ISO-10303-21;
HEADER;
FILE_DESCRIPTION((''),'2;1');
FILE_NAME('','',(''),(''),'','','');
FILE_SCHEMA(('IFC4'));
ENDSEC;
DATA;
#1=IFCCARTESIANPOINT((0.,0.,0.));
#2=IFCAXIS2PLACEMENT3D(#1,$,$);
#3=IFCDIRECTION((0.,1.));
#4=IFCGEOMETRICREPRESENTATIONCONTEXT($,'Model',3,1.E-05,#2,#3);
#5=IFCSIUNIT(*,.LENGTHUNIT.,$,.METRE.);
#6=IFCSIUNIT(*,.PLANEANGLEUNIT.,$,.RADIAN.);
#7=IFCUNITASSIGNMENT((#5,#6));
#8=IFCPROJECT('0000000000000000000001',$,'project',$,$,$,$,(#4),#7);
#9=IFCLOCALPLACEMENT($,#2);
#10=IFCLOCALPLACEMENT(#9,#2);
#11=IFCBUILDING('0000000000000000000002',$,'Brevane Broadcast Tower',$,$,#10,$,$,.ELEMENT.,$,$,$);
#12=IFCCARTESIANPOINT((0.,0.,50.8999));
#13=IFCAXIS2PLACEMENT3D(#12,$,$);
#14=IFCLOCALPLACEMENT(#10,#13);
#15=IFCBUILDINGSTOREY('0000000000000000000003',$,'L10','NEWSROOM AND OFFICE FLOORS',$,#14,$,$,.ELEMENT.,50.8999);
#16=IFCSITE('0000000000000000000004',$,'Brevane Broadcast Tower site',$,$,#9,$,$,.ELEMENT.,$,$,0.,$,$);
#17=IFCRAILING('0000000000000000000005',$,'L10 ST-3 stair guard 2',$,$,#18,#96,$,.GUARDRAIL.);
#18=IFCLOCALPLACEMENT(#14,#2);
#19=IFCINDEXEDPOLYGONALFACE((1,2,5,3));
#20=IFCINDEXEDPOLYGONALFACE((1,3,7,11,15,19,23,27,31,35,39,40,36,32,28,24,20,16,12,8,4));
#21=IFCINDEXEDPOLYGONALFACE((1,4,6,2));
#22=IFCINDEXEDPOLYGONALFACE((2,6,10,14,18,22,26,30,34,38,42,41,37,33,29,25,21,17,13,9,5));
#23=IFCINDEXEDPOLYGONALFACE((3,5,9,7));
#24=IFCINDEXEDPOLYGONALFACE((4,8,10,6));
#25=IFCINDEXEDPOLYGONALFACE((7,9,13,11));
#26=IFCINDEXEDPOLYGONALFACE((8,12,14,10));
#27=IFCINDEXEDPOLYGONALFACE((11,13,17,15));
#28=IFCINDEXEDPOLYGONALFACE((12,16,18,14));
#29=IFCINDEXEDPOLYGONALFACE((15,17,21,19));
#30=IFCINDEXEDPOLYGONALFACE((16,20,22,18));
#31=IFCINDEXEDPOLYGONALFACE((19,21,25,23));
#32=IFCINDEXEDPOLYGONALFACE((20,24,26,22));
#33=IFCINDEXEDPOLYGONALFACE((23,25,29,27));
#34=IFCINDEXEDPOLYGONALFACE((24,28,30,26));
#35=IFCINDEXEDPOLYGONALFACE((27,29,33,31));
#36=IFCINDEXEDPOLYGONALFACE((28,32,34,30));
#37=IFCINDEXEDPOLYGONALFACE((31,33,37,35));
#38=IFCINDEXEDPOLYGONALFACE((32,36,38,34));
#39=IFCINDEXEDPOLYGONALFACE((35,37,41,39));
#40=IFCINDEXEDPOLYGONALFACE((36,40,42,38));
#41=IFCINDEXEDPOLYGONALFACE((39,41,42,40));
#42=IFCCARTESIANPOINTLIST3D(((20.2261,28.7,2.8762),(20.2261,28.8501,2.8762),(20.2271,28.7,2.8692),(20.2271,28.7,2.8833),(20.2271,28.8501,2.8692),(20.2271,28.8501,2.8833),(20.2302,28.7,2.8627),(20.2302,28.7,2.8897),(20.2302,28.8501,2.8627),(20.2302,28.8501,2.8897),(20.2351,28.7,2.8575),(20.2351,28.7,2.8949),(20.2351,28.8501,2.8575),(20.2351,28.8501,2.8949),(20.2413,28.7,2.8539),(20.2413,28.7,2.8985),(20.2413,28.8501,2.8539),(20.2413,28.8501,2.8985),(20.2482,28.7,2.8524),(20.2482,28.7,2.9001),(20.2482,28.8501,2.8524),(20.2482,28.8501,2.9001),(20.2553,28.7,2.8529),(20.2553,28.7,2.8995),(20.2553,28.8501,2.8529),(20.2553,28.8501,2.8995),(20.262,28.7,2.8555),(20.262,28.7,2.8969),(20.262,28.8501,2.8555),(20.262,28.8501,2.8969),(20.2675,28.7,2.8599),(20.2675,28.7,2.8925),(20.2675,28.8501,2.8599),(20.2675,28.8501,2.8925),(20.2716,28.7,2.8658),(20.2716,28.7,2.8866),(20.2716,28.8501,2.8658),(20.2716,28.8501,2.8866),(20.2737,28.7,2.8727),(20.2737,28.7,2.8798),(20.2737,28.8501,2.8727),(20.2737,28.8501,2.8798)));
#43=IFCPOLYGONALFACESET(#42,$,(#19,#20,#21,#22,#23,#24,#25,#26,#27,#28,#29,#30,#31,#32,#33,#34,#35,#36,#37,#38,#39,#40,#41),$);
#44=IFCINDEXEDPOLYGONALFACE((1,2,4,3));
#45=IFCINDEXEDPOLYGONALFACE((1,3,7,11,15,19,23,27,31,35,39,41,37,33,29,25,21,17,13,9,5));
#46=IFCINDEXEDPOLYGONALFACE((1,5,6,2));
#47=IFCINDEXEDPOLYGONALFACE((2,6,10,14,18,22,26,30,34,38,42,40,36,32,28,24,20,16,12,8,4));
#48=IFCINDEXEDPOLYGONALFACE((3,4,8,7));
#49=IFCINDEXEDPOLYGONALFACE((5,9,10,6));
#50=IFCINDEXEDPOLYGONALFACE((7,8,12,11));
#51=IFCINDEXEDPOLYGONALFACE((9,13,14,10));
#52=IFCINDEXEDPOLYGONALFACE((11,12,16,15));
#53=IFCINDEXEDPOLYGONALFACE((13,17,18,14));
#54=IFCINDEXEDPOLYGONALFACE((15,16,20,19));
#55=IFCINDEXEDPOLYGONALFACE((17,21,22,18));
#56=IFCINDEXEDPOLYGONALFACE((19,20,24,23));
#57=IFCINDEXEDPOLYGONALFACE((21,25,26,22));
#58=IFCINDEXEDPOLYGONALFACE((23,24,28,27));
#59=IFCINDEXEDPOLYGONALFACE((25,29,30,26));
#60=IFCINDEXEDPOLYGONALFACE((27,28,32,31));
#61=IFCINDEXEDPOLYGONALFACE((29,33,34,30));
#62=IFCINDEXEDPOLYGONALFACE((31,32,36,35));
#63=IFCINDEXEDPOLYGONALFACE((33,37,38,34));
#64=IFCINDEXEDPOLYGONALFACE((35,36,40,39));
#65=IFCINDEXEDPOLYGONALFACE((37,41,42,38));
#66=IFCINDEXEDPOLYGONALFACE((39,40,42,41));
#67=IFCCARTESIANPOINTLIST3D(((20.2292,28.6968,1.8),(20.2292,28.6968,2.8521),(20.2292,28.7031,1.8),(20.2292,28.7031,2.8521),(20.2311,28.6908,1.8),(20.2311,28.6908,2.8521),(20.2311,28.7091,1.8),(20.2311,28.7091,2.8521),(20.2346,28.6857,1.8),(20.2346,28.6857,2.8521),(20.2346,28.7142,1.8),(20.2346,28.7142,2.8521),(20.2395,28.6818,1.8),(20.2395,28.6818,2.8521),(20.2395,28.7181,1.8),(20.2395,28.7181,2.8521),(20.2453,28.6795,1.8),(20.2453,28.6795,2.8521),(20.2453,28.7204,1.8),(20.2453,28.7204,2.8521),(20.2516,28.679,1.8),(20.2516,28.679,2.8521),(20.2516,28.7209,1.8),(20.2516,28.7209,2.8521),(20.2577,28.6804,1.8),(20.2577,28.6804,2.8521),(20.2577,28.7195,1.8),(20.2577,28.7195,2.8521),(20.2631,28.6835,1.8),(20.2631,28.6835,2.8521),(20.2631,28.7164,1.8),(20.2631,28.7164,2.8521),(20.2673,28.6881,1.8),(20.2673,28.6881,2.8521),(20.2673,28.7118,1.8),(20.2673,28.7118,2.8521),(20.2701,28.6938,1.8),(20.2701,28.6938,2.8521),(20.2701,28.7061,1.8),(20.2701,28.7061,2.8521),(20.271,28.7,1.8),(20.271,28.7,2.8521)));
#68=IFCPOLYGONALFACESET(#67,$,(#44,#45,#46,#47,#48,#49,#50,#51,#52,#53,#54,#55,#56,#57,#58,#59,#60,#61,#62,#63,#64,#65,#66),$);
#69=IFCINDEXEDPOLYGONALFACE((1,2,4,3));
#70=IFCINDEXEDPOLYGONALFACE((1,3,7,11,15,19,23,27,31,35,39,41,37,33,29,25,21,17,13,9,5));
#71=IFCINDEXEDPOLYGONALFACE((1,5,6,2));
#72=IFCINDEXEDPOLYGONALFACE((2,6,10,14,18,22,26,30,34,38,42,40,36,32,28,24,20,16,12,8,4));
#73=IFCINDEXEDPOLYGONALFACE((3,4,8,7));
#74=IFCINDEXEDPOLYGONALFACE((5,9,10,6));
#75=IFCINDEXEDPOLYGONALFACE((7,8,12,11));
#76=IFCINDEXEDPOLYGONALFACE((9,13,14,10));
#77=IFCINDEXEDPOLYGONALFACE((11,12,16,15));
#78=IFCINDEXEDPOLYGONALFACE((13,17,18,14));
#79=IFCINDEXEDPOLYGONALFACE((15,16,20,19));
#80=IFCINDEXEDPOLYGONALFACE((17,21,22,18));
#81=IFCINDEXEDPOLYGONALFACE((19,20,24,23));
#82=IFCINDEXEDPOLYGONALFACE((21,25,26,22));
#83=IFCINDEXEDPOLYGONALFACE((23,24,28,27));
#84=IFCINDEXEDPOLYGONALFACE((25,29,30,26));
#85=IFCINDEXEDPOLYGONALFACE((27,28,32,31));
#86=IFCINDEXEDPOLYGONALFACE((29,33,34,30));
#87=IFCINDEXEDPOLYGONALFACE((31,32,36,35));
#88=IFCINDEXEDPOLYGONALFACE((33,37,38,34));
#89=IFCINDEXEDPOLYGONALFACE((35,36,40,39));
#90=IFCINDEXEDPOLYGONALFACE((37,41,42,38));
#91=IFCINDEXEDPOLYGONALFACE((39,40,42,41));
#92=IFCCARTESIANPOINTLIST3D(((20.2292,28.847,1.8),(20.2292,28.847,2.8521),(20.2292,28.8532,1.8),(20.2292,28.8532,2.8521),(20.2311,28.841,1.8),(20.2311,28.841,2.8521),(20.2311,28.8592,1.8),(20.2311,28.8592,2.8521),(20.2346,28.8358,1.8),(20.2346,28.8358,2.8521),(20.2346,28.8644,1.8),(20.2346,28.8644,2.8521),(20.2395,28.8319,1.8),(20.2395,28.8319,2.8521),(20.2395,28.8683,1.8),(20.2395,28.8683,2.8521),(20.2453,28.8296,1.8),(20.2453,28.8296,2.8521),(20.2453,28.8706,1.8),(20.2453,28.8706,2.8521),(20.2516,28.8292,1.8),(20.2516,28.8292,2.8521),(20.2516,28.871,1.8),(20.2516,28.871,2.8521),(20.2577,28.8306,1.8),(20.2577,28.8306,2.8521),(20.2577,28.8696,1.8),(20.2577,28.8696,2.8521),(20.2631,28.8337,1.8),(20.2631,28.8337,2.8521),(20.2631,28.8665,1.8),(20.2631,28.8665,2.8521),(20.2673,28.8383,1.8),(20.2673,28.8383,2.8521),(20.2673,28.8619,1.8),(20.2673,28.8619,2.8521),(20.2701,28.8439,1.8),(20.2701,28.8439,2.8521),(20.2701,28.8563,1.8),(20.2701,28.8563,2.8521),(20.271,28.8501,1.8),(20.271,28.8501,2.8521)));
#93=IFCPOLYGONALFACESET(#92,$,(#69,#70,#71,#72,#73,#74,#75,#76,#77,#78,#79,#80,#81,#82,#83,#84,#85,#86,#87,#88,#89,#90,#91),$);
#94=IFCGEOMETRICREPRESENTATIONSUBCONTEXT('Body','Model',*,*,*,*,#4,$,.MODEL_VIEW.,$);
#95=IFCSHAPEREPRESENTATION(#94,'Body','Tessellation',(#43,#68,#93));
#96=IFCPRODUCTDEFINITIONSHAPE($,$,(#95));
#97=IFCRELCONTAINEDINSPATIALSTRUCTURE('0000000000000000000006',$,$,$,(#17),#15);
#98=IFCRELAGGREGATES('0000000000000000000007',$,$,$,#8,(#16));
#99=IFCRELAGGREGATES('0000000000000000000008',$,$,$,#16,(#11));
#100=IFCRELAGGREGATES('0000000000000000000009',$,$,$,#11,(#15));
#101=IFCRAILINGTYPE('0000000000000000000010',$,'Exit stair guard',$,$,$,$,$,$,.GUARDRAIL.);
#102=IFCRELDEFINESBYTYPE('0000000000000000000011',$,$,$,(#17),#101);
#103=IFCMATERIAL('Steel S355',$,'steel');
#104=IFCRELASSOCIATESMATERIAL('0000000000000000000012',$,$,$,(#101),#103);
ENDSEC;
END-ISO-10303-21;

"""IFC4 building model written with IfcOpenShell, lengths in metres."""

from ifc_helpers import new_model, si_unit, direction, frame, origin, origin_2d, place, context, subcontext, project, spatial, circle, extrude, material, type_object, element, save


model = new_model("IFC4")

# Units and contexts
model_context = context("Model", 3, precision=1e-05, world=origin(), true_north=direction((0.0, 1.0)))
body_context = subcontext(model_context, "Body", "Model", "MODEL_VIEW")
ifc_project = project(units=[si_unit("LENGTHUNIT", "METRE"), si_unit("PLANEANGLEUNIT", "RADIAN")], contexts=[model_context])

# Site, building, storey
site_placement = place(None, origin())
site = spatial("IfcSite", under=ifc_project, at=site_placement, Name="Brevane Broadcast Tower site", CompositionType="ELEMENT", RefElevation=0.0)
building_placement = place(site_placement, origin())
building = spatial("IfcBuilding", under=site, at=building_placement, Name="Brevane Broadcast Tower", CompositionType="ELEMENT")
storey_placement = place(building_placement, frame((0.0, 0.0, 50.8999)))
storey = spatial("IfcBuildingStorey", under=building, at=storey_placement, Name="L10", Description="NEWSROOM AND OFFICE FLOORS", CompositionType="ELEMENT", Elevation=50.8999)

# Railing
ifc_material_1 = material(Name="Steel S355", Category="steel")
railing_type_1 = type_object("IfcRailingType", Name="Exit stair guard", PredefinedType="GUARDRAIL", material=ifc_material_1)
railing_1_placement = place(storey_placement, frame((20.25, 28.7, 1.8)))
element("IfcRailing", 1, at=railing_1_placement, inside=storey, type_object=railing_type_1, Name="L10 ST-3 stair guard 2", PredefinedType="GUARDRAIL", context=body_context, shape_type="SweptSolid", body=[
    extrude(circle(Radius=0.0239, at=origin_2d()), frame((0.0, 0.0, 1.0762), z_axis=(0.0, 1.0, 0.0), x_axis=(-1.0, 0.0, 0.0)), (0.0, 0.0, 1.0), 0.1501),
    extrude(circle(Radius=0.021, at=origin_2d()), origin(), (0.0, 0.0, 1.0), 1.052),
    extrude(circle(Radius=0.021, at=origin_2d()), frame((0.0, 0.1501, 0.0)), (0.0, 0.0, 1.0), 1.052),
])

save(model, "model.ifc")
